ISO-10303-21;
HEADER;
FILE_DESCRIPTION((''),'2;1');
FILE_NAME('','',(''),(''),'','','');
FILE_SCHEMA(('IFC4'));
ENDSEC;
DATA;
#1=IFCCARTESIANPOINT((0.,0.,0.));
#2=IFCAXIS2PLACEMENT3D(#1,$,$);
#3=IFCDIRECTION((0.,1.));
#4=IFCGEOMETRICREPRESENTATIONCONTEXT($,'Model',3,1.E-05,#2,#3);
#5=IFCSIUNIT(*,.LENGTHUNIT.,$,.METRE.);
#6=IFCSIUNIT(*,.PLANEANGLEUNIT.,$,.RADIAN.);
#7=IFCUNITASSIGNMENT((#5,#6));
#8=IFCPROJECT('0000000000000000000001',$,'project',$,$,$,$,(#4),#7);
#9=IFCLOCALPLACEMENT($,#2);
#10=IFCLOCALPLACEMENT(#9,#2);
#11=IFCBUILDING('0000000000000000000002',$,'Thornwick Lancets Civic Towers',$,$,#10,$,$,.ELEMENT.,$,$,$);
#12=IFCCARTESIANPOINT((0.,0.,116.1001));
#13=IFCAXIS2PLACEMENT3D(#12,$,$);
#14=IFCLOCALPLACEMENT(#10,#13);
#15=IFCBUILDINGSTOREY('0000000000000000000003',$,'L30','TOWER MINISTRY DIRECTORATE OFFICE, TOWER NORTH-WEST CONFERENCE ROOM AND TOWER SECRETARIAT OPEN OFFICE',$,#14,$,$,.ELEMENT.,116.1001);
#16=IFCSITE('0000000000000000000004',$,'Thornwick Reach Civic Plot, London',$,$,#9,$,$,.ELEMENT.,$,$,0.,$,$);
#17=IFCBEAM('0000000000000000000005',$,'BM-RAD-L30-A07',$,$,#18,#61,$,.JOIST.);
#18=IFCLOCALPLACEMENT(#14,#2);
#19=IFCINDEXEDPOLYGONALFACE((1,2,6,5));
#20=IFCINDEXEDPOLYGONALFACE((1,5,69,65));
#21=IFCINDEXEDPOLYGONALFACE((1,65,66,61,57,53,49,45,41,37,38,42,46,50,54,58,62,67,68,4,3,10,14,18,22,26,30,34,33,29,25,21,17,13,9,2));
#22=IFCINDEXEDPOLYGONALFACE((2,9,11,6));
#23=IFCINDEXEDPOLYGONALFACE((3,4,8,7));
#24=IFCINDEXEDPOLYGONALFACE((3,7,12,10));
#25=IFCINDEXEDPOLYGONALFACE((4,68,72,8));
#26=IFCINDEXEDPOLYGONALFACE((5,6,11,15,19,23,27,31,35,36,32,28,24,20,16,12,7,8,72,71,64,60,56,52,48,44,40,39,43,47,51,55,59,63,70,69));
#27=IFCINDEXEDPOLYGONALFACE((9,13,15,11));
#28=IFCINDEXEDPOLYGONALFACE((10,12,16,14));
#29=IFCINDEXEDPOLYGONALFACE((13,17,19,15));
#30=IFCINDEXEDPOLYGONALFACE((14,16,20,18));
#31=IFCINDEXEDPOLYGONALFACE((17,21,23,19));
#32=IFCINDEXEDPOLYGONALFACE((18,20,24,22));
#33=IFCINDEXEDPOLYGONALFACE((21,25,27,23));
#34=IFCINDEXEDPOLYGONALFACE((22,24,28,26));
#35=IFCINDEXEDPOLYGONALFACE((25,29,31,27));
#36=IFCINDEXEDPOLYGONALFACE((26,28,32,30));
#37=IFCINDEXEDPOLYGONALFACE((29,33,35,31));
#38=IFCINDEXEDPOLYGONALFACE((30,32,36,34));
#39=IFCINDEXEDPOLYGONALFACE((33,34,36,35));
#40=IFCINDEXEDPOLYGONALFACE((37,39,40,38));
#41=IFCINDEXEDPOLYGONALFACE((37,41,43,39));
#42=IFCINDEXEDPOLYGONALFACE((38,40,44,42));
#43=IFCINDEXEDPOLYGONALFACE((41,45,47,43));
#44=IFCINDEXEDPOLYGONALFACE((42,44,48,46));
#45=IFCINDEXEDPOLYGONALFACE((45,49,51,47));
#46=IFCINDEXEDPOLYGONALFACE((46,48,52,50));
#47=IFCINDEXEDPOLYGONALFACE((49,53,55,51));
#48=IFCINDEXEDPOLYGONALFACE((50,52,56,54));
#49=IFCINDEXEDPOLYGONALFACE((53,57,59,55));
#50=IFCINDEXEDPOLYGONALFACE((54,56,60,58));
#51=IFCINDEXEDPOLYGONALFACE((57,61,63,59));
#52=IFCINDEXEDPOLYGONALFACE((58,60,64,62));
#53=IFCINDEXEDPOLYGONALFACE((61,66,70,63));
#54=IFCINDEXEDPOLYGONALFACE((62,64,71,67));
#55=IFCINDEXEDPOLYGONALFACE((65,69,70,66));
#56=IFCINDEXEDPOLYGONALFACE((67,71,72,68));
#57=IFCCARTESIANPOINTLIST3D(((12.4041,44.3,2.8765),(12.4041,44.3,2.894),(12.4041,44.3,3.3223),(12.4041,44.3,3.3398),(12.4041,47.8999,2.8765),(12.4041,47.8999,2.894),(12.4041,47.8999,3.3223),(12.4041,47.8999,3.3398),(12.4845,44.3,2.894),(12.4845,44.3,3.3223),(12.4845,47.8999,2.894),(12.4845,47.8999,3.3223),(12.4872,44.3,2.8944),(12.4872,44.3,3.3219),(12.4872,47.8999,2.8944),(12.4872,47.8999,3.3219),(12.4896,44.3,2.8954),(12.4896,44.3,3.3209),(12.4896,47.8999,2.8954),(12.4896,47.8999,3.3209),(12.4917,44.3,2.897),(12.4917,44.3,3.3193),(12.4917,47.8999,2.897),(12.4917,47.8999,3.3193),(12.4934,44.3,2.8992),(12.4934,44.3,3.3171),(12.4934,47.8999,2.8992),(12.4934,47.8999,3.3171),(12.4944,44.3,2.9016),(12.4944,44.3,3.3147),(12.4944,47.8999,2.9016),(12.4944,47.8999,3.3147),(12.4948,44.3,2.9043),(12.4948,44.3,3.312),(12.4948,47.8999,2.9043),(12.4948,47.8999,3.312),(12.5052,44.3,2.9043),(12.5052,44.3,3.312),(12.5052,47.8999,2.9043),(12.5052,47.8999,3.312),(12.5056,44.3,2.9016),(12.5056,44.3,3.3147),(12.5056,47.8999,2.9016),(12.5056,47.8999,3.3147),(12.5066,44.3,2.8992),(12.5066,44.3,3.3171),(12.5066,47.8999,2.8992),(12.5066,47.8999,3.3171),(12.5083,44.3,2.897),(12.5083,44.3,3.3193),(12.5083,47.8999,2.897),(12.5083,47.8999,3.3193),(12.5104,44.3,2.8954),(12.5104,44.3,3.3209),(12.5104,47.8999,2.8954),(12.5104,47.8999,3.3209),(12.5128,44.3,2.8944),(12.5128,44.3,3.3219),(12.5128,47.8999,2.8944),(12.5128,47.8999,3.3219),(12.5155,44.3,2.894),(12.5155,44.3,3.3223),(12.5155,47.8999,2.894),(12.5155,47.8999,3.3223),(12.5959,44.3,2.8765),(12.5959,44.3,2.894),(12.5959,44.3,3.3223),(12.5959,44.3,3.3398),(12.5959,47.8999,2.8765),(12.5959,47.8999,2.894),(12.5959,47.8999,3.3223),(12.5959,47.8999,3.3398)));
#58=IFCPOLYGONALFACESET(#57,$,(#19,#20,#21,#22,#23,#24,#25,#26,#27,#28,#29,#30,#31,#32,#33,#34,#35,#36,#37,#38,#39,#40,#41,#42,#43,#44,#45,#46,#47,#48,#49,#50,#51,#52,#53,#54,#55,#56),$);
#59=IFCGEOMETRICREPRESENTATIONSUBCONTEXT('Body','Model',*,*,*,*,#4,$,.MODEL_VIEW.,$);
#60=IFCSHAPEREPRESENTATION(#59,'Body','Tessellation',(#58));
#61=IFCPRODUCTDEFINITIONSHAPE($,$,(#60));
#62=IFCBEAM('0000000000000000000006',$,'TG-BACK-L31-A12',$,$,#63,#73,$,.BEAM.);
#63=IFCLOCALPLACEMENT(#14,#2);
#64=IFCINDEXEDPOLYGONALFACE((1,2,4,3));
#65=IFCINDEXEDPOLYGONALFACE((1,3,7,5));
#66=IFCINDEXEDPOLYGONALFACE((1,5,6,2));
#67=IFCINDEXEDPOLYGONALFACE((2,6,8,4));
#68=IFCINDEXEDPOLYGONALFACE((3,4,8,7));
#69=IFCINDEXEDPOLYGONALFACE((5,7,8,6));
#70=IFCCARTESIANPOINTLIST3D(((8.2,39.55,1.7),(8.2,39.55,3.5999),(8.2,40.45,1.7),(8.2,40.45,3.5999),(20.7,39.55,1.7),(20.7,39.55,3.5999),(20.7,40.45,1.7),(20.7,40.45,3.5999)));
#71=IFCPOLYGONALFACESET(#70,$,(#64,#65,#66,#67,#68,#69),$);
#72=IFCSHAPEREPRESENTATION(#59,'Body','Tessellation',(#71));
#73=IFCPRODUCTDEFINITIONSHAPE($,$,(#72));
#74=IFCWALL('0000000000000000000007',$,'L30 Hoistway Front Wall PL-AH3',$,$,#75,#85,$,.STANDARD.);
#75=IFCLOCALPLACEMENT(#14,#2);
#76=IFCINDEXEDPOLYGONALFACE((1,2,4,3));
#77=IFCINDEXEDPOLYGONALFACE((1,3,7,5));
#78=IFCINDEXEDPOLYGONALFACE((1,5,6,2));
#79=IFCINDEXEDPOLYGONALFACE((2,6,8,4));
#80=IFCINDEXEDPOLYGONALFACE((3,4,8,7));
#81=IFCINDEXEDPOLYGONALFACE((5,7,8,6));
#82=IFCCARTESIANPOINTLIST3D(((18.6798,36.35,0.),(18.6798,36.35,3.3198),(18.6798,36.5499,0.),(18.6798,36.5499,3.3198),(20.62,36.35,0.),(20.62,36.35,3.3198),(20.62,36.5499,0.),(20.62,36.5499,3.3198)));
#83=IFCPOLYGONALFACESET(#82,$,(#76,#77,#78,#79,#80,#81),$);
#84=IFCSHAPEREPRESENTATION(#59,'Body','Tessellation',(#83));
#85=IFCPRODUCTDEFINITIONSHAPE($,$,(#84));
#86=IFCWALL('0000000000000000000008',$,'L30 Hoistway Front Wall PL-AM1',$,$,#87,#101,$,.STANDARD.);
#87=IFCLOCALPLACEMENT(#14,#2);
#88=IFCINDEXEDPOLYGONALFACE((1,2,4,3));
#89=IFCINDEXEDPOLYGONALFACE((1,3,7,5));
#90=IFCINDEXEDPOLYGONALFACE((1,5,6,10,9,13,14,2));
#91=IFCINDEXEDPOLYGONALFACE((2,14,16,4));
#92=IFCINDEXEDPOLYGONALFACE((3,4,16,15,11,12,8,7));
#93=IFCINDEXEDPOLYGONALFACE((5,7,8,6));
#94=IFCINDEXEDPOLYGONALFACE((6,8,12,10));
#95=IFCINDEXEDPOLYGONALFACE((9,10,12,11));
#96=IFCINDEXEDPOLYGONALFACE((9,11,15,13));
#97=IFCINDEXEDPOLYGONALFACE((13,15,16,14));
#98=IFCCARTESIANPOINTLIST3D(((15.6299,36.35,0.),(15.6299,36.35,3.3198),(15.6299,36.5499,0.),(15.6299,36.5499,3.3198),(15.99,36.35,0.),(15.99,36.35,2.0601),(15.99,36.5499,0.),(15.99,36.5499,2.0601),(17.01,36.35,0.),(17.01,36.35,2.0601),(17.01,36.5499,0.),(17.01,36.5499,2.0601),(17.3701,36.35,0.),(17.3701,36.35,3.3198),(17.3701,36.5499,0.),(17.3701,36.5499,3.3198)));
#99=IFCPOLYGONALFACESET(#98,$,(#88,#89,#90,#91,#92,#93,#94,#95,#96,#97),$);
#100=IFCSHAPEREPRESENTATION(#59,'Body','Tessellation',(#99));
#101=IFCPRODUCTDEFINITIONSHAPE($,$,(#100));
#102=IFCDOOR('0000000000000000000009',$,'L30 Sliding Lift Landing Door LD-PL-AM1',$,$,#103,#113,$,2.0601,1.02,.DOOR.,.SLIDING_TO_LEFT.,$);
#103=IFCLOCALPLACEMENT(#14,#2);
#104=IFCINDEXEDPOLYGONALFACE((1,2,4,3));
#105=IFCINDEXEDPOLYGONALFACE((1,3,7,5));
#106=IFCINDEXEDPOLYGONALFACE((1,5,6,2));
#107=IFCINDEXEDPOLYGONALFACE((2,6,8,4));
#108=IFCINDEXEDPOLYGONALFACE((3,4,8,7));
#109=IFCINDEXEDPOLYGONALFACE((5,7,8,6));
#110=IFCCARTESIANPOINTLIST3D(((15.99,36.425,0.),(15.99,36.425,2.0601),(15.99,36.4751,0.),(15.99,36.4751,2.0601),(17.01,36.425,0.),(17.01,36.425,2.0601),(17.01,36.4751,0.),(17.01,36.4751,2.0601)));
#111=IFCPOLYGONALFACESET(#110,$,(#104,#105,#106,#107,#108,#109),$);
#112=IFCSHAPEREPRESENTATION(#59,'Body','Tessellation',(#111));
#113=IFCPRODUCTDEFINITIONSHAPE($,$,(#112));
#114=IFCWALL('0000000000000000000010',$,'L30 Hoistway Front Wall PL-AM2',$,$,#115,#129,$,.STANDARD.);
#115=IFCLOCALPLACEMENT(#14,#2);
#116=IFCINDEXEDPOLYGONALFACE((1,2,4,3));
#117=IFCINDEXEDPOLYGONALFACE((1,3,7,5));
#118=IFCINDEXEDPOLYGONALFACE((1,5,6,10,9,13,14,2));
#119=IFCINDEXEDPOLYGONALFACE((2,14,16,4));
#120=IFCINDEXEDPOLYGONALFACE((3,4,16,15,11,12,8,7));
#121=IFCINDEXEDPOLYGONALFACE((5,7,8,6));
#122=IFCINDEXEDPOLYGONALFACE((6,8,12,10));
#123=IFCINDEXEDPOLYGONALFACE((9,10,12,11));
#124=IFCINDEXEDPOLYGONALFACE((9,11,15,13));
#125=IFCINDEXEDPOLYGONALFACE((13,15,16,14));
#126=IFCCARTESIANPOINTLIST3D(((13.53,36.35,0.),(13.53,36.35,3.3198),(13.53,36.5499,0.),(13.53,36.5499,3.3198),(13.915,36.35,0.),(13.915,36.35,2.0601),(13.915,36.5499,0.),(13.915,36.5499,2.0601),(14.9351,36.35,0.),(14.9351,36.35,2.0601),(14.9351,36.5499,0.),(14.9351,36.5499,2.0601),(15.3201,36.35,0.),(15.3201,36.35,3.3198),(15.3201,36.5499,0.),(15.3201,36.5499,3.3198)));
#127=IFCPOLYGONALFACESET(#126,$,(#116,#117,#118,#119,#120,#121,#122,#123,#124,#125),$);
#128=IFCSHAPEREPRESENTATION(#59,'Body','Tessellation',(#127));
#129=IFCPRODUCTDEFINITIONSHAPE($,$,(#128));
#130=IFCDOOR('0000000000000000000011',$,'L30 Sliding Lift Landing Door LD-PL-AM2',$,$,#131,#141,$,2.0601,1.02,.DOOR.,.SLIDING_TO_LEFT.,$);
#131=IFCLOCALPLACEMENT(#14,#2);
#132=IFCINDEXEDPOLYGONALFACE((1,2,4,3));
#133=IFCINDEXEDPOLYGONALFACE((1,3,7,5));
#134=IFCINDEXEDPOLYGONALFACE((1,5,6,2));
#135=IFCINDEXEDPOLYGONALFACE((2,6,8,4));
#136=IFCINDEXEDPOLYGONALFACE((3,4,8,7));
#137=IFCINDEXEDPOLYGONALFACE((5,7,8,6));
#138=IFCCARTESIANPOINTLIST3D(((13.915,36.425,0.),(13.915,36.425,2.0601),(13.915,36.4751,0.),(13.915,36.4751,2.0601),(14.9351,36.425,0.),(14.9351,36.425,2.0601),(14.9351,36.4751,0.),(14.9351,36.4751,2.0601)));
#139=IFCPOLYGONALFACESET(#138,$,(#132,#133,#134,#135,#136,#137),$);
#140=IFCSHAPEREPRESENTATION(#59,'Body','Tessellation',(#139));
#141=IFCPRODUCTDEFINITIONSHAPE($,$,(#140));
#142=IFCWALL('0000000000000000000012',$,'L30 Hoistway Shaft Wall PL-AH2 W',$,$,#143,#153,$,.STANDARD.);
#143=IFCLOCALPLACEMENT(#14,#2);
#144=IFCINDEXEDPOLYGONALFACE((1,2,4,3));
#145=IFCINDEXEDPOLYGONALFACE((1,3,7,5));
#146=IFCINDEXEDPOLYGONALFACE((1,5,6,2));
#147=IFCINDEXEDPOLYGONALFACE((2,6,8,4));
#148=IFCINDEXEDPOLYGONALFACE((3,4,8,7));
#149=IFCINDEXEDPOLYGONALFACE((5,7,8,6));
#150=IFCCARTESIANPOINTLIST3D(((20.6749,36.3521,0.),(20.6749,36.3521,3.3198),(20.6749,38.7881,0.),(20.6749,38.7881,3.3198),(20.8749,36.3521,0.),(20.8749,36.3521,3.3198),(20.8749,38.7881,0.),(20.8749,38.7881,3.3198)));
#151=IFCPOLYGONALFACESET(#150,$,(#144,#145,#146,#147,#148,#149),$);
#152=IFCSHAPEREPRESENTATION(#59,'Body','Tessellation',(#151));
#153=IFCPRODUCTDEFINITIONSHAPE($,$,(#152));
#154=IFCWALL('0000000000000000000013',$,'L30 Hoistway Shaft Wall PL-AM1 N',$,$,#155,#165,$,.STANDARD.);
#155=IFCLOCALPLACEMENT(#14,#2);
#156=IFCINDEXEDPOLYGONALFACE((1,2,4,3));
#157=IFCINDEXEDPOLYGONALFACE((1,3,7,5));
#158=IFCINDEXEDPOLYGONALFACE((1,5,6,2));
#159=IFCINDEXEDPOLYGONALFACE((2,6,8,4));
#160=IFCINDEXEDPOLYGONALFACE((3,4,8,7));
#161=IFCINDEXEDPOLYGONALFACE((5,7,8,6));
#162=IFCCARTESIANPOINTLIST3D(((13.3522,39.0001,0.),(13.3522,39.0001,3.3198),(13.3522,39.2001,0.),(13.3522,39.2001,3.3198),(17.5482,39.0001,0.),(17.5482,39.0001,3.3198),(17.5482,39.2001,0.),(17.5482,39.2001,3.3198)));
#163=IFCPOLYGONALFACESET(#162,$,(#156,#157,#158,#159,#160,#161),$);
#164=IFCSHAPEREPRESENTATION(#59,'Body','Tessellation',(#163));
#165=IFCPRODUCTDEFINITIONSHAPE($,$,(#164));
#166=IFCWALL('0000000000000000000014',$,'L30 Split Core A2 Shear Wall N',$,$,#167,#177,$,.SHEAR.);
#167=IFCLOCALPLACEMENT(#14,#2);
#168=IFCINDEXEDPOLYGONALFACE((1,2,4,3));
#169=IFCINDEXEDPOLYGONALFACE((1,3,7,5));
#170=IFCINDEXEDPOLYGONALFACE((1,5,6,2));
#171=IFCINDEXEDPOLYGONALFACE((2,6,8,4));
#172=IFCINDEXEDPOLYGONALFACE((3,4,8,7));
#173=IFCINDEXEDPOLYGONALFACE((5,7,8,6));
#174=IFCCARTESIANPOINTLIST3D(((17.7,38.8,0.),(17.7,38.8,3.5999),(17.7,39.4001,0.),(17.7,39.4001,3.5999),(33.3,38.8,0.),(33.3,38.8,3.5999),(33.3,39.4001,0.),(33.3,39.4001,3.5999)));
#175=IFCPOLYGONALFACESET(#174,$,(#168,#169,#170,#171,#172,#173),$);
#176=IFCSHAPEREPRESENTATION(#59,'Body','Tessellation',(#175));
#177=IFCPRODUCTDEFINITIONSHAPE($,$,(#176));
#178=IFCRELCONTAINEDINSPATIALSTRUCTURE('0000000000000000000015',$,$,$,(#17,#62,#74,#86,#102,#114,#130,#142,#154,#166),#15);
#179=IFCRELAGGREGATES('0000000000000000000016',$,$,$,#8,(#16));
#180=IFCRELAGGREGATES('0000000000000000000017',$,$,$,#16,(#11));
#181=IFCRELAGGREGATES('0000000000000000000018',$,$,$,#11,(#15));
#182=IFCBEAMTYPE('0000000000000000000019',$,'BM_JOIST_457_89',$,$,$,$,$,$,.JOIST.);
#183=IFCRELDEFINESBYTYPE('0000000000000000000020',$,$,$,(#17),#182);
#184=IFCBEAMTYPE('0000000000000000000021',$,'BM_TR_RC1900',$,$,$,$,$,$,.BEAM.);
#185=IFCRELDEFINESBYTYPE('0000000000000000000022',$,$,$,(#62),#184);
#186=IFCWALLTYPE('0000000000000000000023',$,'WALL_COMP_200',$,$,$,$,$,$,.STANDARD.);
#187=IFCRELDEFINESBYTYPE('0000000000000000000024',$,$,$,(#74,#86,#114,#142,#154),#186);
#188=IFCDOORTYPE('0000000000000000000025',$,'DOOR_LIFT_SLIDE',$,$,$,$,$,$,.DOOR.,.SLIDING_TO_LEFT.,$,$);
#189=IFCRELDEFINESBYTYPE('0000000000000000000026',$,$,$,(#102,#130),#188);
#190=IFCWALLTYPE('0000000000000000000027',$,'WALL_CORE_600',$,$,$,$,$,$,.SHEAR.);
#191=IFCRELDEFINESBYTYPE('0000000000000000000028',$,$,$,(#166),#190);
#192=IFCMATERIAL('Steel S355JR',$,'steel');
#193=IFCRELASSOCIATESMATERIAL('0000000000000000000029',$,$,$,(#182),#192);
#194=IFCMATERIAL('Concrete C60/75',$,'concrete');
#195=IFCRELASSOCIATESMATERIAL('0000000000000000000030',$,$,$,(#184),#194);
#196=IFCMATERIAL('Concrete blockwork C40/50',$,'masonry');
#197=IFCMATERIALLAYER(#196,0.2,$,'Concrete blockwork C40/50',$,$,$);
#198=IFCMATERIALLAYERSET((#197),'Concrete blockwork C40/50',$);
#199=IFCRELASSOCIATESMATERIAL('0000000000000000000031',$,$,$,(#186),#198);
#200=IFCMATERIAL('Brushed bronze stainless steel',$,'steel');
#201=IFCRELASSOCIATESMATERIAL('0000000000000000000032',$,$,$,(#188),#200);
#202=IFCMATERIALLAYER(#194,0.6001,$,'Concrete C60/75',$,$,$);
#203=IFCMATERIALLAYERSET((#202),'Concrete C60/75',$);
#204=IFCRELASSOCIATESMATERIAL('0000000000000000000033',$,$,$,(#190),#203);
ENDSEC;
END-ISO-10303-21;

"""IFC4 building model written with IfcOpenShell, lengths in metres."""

from ifc_helpers import new_model, si_unit, direction, frame, frame_2d, origin, origin_2d, place, context, subcontext, project, spatial, rectangle, i_section, extrude, material, layer, layer_set, material_profile, profile_set, type_object, element, fill, save


model = new_model("IFC4")

# Units and contexts
model_context = context("Model", 3, precision=1e-05, world=origin(), true_north=direction((0.0, 1.0)))
body_context = subcontext(model_context, "Body", "Model", "MODEL_VIEW")
ifc_project = project(units=[si_unit("LENGTHUNIT", "METRE"), si_unit("PLANEANGLEUNIT", "RADIAN")], contexts=[model_context])

# Site, building, storey
site_placement = place(None, origin())
site = spatial("IfcSite", under=ifc_project, at=site_placement, Name="Thornwick Reach Civic Plot, London", CompositionType="ELEMENT", RefElevation=0.0)
building_placement = place(site_placement, origin())
building = spatial("IfcBuilding", under=site, at=building_placement, Name="Thornwick Lancets Civic Towers", CompositionType="ELEMENT")
storey_placement = place(building_placement, frame((0.0, 0.0, 116.1001)))
storey = spatial("IfcBuildingStorey", under=building, at=storey_placement, Name="L30", Description="TOWER MINISTRY DIRECTORATE OFFICE, TOWER NORTH-WEST CONFERENCE ROOM AND TOWER SECRETARIAT OPEN OFFICE", CompositionType="ELEMENT", Elevation=116.1001)

# Shared definitions
ifc_material_1 = material(Name="Concrete C60/75", Category="concrete")

# Beams
ifc_material_2 = material(Name="Steel S355JR", Category="steel")
ifc_material_profile_1 = material_profile(ifc_material_2, i_section(OverallWidth=0.1919, OverallDepth=0.4634, WebThickness=0.0105, FlangeThickness=0.0176, FilletRadius=0.0103, at=origin_2d()), Name="UKB 457x191x89")
ifc_profile_set_1 = profile_set([ifc_material_profile_1], Name="Steel S355JR")
beam_type_1 = type_object("IfcBeamType", Name="BM_JOIST_457_89", PredefinedType="JOIST", material=ifc_profile_set_1)
beam_1_placement = place(storey_placement, frame((12.5, 44.3, 3.1082), z_axis=(0.0, 1.0, 0.0), x_axis=(-1.0, 0.0, 0.0)))
element("IfcBeam", 1, at=beam_1_placement, inside=storey, type_object=beam_type_1, Name="BM-RAD-L30-A07", PredefinedType="JOIST", context=body_context, shape_type="SweptSolid", body=[
    extrude(i_section(OverallWidth=0.1919, OverallDepth=0.4634, WebThickness=0.0105, FlangeThickness=0.0176, FilletRadius=0.0103, at=origin_2d()), origin(), (0.0, 0.0, 1.0), 3.5999),
])
ifc_material_profile_2 = material_profile(ifc_material_1, rectangle(XDim=0.8999, YDim=1.8999, at=origin_2d()), Name="RC 900x1900")
ifc_profile_set_2 = profile_set([ifc_material_profile_2], Name="Concrete C60/75")
beam_type_2 = type_object("IfcBeamType", Name="BM_TR_RC1900", PredefinedType="BEAM", material=ifc_profile_set_2)
beam_2_placement = place(storey_placement, frame((20.7, 40.0, 2.6499), z_axis=(-1.0, 0.0, 0.0), x_axis=(0.0, -1.0, 0.0)))
element("IfcBeam", 2, at=beam_2_placement, inside=storey, type_object=beam_type_2, Name="TG-BACK-L31-A12", PredefinedType="BEAM", context=body_context, shape_type="SweptSolid", body=[
    extrude(rectangle(XDim=0.8999, YDim=1.8999, at=origin_2d()), origin(), (0.0, 0.0, 1.0), 12.5),
])

# Wall
ifc_material_3 = material(Name="Concrete blockwork C40/50", Category="masonry")
ifc_layer_1 = layer(ifc_material_3, 0.2, Name="Concrete blockwork C40/50")
ifc_layer_set_1 = layer_set([ifc_layer_1], Name="Concrete blockwork C40/50")
wall_type_1 = type_object("IfcWallType", Name="WALL_COMP_200", PredefinedType="STANDARD", material=ifc_layer_set_1)
wall_1_placement = place(storey_placement, frame((20.6201, 36.45, 0.0), z_axis=(0.0, 0.0, 1.0), x_axis=(-1.0, 0.0, 0.0)))
element("IfcWall", 3, at=wall_1_placement, inside=storey, type_object=wall_type_1, Name="L30 Hoistway Front Wall PL-AH3", PredefinedType="STANDARD", context=body_context, shape_type="SweptSolid", body=[
    extrude(rectangle(XDim=1.9402, YDim=0.2, at=frame_2d((0.9702, 0.0))), origin(), (0.0, 0.0, 1.0), 3.3198),
])

# Walls, openings, doors
wall_2_placement = place(storey_placement, frame((17.3701, 36.45, 0.0), z_axis=(0.0, 0.0, 1.0), x_axis=(-1.0, 0.0, 0.0)))
wall_2 = element("IfcWall", 4, at=wall_2_placement, inside=storey, type_object=wall_type_1, Name="L30 Hoistway Front Wall PL-AM1", PredefinedType="STANDARD", context=body_context, shape_type="SweptSolid", body=[
    extrude(rectangle(XDim=1.7402, YDim=0.2, at=frame_2d((0.8701, 0.0))), origin(), (0.0, 0.0, 1.0), 3.3198),
])
opening_1_placement = place(wall_2_placement, frame((0.3601, 0.0, 0.0)))
opening_1 = element("IfcOpeningElement", 5, at=opening_1_placement, cuts=wall_2, PredefinedType="OPENING", context=body_context, shape_type="SweptSolid", body=[
    extrude(rectangle(XDim=1.02, YDim=2.0601, at=frame_2d((0.51, 1.03))), frame((0.0, 0.1099, 0.0), z_axis=(0.0, -1.0, 0.0), x_axis=(1.0, 0.0, 0.0)), (0.0, 0.0, 1.0), 0.22),
])
ifc_material_4 = material(Name="Brushed bronze stainless steel", Category="steel")
door_type_1 = type_object("IfcDoorType", Name="DOOR_LIFT_SLIDE", OperationType="SLIDING_TO_LEFT", PredefinedType="DOOR", material=ifc_material_4)
door_1_placement = place(opening_1_placement, origin())
door_1 = element("IfcDoor", 6, at=door_1_placement, inside=storey, type_object=door_type_1, Name="L30 Sliding Lift Landing Door LD-PL-AM1", OperationType="SLIDING_TO_LEFT", OverallHeight=2.0601, OverallWidth=1.02, PredefinedType="DOOR", context=body_context, shape_type="SweptSolid", body=[
    extrude(rectangle(XDim=1.02, YDim=2.0601, at=frame_2d((0.51, 1.03))), frame((0.0, 0.0249, 0.0), z_axis=(0.0, -1.0, 0.0), x_axis=(1.0, 0.0, 0.0)), (0.0, 0.0, 1.0), 0.05),
])
fill(opening_1, door_1)
wall_3_placement = place(storey_placement, frame((15.3201, 36.45, 0.0), z_axis=(0.0, 0.0, 1.0), x_axis=(-1.0, 0.0, 0.0)))
wall_3 = element("IfcWall", 7, at=wall_3_placement, inside=storey, type_object=wall_type_1, Name="L30 Hoistway Front Wall PL-AM2", PredefinedType="STANDARD", context=body_context, shape_type="SweptSolid", body=[
    extrude(rectangle(XDim=1.79, YDim=0.2, at=frame_2d((0.895, 0.0))), origin(), (0.0, 0.0, 1.0), 3.3198),
])
opening_2_placement = place(wall_3_placement, frame((0.385, 0.0, 0.0)))
opening_2 = element("IfcOpeningElement", 8, at=opening_2_placement, cuts=wall_3, PredefinedType="OPENING", context=body_context, shape_type="SweptSolid", body=[
    extrude(rectangle(XDim=1.02, YDim=2.0601, at=frame_2d((0.51, 1.03))), frame((0.0, 0.1099, 0.0), z_axis=(0.0, -1.0, 0.0), x_axis=(1.0, 0.0, 0.0)), (0.0, 0.0, 1.0), 0.22),
])
door_2_placement = place(opening_2_placement, origin())
door_2 = element("IfcDoor", 9, at=door_2_placement, inside=storey, type_object=door_type_1, Name="L30 Sliding Lift Landing Door LD-PL-AM2", OperationType="SLIDING_TO_LEFT", OverallHeight=2.0601, OverallWidth=1.02, PredefinedType="DOOR", context=body_context, shape_type="SweptSolid", body=[
    extrude(rectangle(XDim=1.02, YDim=2.0601, at=frame_2d((0.51, 1.03))), frame((0.0, 0.0249, 0.0), z_axis=(0.0, -1.0, 0.0), x_axis=(1.0, 0.0, 0.0)), (0.0, 0.0, 1.0), 0.05),
])
fill(opening_2, door_2)

# Walls
wall_4_placement = place(storey_placement, frame((20.7749, 36.3521, 0.0), z_axis=(0.0, 0.0, 1.0), x_axis=(0.0, 1.0, 0.0)))
element("IfcWall", 10, at=wall_4_placement, inside=storey, type_object=wall_type_1, Name="L30 Hoistway Shaft Wall PL-AH2 W", PredefinedType="STANDARD", context=body_context, shape_type="SweptSolid", body=[
    extrude(rectangle(XDim=2.436, YDim=0.2, at=frame_2d((1.218, 0.0))), origin(), (0.0, 0.0, 1.0), 3.3198),
])
wall_5_placement = place(storey_placement, frame((13.3521, 39.1001, 0.0), z_axis=(0.0, 0.0, 1.0), x_axis=(1.0, 0.0, 0.0)))
element("IfcWall", 11, at=wall_5_placement, inside=storey, type_object=wall_type_1, Name="L30 Hoistway Shaft Wall PL-AM1 N", PredefinedType="STANDARD", context=body_context, shape_type="SweptSolid", body=[
    extrude(rectangle(XDim=4.196, YDim=0.2, at=frame_2d((2.0981, 0.0))), origin(), (0.0, 0.0, 1.0), 3.3198),
])
ifc_layer_2 = layer(ifc_material_1, 0.6001, Name="Concrete C60/75")
ifc_layer_set_2 = layer_set([ifc_layer_2], Name="Concrete C60/75")
wall_type_2 = type_object("IfcWallType", Name="WALL_CORE_600", PredefinedType="SHEAR", material=ifc_layer_set_2)
wall_6_placement = place(storey_placement, frame((17.7, 39.1001, 0.0), z_axis=(0.0, 0.0, 1.0), x_axis=(1.0, 0.0, 0.0)))
element("IfcWall", 12, at=wall_6_placement, inside=storey, type_object=wall_type_2, Name="L30 Split Core A2 Shear Wall N", PredefinedType="SHEAR", context=body_context, shape_type="SweptSolid", body=[
    extrude(rectangle(XDim=15.6001, YDim=0.6001, at=frame_2d((7.8, 0.0))), origin(), (0.0, 0.0, 1.0), 3.5999),
])

save(model, "model.ifc")
